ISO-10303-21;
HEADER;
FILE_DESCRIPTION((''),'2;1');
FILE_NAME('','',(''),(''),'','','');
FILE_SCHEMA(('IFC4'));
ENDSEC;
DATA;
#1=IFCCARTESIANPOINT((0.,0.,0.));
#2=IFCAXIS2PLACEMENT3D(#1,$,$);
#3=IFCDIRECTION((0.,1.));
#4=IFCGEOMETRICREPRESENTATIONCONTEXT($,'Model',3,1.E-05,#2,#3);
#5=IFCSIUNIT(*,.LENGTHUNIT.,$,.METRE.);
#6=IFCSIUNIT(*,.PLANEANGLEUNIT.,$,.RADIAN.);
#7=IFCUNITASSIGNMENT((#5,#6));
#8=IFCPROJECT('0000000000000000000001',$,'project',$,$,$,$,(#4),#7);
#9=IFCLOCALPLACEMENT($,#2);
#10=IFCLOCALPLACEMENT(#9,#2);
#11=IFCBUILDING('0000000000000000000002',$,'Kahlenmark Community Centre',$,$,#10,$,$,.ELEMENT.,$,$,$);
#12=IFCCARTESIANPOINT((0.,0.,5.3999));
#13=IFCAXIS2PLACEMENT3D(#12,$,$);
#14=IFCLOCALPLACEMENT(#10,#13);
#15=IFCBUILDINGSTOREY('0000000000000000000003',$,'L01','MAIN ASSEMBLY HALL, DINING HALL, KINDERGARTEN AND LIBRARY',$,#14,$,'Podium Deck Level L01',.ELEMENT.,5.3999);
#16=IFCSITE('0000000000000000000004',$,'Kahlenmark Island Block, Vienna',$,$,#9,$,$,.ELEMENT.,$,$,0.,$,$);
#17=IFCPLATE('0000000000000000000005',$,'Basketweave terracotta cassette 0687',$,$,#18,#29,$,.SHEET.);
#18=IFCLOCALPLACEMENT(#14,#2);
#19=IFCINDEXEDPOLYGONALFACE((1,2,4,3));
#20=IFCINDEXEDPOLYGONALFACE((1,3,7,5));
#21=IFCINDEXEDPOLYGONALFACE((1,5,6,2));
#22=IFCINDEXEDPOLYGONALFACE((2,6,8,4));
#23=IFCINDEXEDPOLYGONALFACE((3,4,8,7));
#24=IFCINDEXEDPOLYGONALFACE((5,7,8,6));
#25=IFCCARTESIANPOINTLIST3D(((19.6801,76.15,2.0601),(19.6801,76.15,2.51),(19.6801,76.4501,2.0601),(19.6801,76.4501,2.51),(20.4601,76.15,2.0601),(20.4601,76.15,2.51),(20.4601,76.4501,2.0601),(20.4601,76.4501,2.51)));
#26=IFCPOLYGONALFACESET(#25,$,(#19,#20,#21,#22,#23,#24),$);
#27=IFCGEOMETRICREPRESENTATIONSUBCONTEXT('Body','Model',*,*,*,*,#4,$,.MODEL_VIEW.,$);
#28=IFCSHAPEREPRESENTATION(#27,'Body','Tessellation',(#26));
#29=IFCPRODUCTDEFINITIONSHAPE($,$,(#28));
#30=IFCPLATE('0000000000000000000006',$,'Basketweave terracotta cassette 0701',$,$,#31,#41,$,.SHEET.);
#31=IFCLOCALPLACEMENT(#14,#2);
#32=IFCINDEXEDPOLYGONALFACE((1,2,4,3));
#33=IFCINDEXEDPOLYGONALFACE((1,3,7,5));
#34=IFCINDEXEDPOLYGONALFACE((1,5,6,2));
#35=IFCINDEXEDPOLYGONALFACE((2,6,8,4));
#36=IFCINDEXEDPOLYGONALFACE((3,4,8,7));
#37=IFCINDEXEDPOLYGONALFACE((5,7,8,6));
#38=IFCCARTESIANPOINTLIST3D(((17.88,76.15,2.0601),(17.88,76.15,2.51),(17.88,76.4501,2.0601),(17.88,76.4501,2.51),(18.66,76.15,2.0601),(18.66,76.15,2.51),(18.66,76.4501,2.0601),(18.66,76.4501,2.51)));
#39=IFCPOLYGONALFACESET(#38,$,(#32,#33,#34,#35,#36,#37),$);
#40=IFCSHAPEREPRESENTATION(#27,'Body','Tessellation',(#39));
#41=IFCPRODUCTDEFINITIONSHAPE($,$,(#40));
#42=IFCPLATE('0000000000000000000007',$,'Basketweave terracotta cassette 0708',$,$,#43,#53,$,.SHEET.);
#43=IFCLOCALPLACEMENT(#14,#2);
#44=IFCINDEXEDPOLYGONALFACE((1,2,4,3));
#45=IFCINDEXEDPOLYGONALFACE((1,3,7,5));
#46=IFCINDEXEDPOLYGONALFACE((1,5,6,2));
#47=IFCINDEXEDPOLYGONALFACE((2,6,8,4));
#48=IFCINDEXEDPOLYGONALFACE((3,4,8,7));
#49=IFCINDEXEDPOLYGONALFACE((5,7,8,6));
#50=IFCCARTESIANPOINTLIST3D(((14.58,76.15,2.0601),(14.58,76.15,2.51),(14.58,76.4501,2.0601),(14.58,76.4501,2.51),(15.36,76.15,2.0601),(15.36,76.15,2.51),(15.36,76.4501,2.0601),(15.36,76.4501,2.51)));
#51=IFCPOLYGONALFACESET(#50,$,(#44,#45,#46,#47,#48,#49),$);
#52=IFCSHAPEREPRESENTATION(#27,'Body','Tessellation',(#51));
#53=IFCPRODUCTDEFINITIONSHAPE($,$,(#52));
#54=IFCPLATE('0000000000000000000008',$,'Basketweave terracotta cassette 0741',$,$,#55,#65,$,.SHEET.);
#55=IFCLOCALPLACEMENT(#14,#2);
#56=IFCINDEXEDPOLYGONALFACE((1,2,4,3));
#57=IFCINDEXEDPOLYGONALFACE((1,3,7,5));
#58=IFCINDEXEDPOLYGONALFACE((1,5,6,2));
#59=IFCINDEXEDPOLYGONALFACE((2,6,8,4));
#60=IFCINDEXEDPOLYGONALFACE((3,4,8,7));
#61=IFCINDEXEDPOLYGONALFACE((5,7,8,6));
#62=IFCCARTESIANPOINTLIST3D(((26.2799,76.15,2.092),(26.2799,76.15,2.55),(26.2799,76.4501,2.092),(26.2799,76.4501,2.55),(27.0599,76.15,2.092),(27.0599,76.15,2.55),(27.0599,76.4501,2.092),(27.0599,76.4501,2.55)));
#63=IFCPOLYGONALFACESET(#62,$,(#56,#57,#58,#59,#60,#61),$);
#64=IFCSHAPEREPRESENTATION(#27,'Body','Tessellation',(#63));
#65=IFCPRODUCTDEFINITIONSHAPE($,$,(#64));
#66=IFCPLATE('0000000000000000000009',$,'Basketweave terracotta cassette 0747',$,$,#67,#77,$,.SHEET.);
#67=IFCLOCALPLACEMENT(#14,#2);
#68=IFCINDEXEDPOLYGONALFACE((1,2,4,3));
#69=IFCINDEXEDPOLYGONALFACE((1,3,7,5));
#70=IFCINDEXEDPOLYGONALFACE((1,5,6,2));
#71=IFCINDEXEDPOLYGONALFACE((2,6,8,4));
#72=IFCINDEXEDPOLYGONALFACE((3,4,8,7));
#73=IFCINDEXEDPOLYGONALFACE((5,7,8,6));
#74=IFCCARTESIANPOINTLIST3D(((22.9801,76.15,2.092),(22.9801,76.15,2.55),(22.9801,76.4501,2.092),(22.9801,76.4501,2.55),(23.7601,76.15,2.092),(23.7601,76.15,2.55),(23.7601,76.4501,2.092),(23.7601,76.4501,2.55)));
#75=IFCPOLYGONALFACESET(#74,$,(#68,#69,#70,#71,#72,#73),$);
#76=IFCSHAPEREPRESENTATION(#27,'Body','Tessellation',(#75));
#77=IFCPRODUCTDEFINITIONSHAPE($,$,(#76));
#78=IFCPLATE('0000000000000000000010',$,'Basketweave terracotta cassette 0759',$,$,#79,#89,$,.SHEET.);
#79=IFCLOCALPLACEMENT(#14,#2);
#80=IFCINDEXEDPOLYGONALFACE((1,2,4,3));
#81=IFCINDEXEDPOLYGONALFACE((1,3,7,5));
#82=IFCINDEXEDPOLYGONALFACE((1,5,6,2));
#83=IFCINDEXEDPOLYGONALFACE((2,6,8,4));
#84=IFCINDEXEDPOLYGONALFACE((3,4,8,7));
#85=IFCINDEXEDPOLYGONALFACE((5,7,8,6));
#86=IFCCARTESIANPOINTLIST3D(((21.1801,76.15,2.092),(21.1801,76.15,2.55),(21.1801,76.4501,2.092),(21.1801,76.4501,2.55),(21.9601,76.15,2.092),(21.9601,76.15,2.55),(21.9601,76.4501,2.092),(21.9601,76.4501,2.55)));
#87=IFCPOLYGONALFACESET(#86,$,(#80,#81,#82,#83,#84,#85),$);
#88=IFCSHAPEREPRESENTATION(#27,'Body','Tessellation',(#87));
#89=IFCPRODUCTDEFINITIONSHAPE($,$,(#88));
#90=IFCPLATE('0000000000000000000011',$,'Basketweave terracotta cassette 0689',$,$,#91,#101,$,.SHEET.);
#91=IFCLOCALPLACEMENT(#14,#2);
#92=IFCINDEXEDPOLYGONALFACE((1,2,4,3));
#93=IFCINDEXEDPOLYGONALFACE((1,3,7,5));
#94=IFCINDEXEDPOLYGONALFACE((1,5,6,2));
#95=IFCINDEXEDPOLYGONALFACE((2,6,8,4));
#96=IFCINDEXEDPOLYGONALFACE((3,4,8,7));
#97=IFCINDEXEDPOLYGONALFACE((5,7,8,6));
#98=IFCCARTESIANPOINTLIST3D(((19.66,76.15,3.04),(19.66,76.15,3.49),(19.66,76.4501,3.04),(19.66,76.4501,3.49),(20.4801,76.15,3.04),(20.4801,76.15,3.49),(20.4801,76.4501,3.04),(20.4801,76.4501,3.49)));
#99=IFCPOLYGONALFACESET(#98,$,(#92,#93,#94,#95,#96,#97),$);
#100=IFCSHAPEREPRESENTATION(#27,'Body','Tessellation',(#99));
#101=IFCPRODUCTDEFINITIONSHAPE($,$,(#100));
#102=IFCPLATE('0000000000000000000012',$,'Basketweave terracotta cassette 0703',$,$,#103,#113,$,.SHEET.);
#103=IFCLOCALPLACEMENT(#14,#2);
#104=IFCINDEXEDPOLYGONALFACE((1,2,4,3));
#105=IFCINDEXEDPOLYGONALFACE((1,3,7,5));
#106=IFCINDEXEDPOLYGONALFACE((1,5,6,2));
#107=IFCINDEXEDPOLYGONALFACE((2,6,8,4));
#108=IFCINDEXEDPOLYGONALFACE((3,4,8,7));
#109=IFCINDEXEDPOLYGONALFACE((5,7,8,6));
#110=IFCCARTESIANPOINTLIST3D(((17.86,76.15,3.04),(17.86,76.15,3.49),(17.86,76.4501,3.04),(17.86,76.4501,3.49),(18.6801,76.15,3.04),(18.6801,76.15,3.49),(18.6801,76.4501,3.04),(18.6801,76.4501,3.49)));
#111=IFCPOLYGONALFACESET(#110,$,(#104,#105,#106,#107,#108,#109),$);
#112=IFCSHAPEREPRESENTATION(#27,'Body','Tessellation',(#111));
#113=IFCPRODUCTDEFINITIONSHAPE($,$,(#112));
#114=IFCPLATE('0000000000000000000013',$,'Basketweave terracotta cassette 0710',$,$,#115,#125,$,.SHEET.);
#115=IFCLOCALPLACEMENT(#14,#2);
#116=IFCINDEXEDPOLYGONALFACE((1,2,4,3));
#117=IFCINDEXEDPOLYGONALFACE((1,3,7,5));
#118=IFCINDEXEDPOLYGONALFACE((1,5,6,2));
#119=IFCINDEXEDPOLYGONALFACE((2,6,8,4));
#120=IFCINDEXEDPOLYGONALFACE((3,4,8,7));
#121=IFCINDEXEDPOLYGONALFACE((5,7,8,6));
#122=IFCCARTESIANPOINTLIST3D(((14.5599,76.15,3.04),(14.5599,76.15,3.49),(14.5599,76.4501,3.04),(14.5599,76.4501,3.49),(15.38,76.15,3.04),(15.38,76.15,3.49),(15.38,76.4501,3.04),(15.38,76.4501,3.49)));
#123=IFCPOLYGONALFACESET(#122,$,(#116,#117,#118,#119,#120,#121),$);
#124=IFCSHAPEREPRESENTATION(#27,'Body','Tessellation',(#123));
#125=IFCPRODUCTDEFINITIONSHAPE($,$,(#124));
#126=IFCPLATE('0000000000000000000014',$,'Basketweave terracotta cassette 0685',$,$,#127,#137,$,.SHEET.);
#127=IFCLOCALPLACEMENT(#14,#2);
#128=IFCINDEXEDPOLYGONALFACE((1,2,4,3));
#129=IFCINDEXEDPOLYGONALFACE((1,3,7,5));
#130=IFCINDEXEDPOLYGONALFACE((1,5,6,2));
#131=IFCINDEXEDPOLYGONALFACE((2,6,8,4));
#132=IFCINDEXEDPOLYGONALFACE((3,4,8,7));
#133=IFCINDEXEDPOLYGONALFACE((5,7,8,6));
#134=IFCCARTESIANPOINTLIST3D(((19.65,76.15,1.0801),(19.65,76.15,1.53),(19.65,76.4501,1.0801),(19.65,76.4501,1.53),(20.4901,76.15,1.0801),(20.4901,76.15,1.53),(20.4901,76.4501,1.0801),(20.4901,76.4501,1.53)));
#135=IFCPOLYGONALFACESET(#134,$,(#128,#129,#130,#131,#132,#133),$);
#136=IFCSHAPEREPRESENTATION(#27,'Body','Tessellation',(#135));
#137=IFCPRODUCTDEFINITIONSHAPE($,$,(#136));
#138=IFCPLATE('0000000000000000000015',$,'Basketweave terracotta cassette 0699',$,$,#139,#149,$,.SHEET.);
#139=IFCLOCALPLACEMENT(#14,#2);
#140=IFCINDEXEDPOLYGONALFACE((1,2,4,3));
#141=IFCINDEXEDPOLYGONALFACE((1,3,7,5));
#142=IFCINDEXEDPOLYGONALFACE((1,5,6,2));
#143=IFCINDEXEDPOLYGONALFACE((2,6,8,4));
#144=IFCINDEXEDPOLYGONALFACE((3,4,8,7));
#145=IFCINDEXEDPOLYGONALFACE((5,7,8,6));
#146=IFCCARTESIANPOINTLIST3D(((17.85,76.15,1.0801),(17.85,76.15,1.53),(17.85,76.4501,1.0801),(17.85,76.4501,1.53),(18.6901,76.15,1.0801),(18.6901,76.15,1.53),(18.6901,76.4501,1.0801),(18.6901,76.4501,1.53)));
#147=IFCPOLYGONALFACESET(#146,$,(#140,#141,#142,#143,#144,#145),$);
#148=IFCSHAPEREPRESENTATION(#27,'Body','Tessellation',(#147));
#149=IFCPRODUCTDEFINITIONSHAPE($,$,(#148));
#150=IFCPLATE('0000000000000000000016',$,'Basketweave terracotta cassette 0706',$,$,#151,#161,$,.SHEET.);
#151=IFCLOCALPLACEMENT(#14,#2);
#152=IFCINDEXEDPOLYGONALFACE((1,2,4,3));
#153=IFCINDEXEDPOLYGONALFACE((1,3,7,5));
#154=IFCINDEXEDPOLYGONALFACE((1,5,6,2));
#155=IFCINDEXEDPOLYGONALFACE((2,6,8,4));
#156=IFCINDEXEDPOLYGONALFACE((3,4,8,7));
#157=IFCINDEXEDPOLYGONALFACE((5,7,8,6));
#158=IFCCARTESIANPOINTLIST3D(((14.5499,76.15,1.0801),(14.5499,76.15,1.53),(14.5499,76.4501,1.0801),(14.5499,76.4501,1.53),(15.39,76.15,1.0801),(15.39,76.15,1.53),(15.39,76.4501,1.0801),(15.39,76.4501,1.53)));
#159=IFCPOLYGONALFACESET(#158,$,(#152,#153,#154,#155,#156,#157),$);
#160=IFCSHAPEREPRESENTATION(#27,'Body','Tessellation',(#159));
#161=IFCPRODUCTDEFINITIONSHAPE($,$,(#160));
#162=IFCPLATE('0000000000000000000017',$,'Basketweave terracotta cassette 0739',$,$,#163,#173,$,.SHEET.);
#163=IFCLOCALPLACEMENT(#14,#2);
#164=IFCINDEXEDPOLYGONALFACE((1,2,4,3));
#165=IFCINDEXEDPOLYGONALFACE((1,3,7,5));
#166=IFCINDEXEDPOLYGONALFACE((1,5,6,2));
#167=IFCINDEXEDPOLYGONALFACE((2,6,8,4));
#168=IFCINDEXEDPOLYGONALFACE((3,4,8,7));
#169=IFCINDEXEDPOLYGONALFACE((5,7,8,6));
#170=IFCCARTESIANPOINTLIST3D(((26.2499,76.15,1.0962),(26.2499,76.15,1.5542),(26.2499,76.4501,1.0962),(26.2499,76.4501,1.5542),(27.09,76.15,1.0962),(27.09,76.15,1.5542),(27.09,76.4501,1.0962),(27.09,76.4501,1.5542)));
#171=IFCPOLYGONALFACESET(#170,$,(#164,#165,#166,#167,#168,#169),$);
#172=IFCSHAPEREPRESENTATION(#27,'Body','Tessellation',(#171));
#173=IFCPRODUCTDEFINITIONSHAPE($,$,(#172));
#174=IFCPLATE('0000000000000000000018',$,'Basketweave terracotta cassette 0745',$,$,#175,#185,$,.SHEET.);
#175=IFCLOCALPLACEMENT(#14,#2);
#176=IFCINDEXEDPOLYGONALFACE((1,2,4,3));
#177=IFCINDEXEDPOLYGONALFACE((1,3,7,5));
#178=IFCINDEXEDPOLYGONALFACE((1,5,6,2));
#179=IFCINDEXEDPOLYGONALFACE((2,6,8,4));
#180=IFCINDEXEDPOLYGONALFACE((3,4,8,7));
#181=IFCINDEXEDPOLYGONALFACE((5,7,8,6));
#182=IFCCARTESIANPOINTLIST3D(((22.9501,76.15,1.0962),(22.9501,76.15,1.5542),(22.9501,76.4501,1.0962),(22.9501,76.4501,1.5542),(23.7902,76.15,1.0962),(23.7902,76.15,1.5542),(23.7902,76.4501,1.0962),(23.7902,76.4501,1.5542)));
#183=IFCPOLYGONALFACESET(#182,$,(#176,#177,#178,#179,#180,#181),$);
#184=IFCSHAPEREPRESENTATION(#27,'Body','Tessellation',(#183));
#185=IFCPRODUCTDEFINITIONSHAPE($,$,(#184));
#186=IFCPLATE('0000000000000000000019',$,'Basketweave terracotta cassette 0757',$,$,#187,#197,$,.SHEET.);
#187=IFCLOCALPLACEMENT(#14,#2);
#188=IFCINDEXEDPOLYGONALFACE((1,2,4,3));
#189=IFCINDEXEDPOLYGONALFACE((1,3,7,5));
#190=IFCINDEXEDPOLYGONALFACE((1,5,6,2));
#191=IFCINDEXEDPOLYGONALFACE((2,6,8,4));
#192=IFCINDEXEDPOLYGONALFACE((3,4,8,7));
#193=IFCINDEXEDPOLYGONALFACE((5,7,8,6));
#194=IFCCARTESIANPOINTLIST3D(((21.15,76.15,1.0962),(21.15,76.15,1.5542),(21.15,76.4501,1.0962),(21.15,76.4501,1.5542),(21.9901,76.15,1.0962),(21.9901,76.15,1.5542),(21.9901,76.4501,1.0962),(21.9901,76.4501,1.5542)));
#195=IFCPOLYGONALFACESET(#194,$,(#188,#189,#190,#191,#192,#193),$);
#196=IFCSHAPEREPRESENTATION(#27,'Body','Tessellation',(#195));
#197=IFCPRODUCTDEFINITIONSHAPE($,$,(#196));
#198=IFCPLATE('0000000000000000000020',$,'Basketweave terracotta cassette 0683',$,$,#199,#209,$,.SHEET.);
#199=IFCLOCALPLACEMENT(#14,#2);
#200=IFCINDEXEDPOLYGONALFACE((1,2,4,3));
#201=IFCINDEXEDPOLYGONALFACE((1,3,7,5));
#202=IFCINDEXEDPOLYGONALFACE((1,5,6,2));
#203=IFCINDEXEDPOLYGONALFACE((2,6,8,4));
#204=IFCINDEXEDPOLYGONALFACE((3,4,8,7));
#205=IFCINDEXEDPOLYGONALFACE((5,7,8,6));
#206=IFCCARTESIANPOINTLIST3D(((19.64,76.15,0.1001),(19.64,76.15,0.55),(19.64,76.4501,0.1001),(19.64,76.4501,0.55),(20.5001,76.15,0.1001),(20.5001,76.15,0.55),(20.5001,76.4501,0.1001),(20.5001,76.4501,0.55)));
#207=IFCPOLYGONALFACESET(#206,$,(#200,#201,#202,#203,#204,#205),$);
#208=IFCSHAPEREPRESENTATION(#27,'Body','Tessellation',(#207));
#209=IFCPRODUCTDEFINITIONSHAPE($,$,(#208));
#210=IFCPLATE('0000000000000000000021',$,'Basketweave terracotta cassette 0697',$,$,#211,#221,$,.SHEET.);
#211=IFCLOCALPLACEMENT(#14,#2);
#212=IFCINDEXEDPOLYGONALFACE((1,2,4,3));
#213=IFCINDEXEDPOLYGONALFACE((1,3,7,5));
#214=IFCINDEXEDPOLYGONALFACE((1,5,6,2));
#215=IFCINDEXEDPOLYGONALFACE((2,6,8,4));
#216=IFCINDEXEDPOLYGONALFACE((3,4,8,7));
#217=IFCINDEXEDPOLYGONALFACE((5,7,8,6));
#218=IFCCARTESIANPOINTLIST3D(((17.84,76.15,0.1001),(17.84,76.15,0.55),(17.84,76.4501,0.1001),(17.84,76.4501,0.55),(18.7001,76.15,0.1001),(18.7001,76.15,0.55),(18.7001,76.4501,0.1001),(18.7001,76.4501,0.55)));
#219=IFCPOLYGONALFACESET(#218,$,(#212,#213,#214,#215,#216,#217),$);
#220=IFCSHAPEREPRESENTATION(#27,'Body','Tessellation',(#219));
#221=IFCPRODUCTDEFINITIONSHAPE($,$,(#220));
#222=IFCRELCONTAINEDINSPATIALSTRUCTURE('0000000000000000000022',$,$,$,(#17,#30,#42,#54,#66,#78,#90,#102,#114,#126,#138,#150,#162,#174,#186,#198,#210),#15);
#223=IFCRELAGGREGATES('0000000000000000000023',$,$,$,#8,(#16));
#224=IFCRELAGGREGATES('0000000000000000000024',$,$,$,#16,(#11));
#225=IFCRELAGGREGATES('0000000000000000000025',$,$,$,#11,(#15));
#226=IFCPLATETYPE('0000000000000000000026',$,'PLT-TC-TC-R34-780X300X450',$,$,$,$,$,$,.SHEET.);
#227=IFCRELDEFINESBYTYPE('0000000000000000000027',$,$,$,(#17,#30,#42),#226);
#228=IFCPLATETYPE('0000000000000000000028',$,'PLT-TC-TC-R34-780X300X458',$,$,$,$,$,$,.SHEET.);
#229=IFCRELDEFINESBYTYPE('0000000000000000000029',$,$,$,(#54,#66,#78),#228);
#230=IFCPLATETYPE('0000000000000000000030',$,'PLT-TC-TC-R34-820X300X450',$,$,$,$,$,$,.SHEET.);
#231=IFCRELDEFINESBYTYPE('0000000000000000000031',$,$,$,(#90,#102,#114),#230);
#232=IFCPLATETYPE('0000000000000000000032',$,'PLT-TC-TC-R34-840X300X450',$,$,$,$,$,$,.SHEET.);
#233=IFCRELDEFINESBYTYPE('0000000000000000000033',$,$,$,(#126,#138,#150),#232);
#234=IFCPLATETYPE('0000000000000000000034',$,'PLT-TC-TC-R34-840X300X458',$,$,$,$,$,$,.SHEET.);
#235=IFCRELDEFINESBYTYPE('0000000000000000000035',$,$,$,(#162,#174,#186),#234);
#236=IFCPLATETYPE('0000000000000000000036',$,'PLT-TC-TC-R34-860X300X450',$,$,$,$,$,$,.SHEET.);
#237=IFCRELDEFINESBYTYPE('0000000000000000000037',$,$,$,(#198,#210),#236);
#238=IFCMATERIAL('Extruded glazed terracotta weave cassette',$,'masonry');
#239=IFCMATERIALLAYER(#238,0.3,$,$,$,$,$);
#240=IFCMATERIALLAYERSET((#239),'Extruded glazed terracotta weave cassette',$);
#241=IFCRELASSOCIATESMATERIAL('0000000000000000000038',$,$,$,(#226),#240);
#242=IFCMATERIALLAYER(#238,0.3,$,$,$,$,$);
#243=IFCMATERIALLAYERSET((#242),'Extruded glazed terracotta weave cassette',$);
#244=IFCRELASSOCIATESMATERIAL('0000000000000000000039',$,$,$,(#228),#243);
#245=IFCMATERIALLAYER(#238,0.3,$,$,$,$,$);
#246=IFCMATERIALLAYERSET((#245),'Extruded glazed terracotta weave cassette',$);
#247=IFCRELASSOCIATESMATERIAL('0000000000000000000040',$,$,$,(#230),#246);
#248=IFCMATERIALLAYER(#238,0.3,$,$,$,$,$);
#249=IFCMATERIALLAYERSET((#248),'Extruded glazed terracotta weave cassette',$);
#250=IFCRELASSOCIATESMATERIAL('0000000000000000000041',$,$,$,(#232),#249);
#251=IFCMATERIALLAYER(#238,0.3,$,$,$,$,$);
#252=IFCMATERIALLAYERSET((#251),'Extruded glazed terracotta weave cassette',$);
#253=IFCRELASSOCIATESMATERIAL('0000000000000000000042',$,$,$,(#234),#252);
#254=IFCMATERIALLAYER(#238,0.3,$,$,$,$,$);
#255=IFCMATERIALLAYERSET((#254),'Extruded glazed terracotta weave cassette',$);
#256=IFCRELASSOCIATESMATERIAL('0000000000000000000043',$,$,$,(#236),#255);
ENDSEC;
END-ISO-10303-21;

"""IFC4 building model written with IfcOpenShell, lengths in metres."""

from ifc_helpers import new_model, si_unit, direction, frame, origin, origin_2d, place, context, subcontext, project, spatial, rectangle, extrude, material, layer, layer_set, type_object, element, save


model = new_model("IFC4")

# Units and contexts
model_context = context("Model", 3, precision=1e-05, world=origin(), true_north=direction((0.0, 1.0)))
body_context = subcontext(model_context, "Body", "Model", "MODEL_VIEW")
ifc_project = project(units=[si_unit("LENGTHUNIT", "METRE"), si_unit("PLANEANGLEUNIT", "RADIAN")], contexts=[model_context])

# Site, building, storey
site_placement = place(None, origin())
site = spatial("IfcSite", under=ifc_project, at=site_placement, Name="Kahlenmark Island Block, Vienna", CompositionType="ELEMENT", RefElevation=0.0)
building_placement = place(site_placement, origin())
building = spatial("IfcBuilding", under=site, at=building_placement, Name="Kahlenmark Community Centre", CompositionType="ELEMENT")
storey_placement = place(building_placement, frame((0.0, 0.0, 5.3999)))
storey = spatial("IfcBuildingStorey", under=building, at=storey_placement, Name="L01", Description="MAIN ASSEMBLY HALL, DINING HALL, KINDERGARTEN AND LIBRARY", LongName="Podium Deck Level L01", CompositionType="ELEMENT", Elevation=5.3999)

# Plates
ifc_material_1 = material(Name="Extruded glazed terracotta weave cassette", Category="masonry")
ifc_layer_1 = layer(ifc_material_1, 0.3)
ifc_layer_set_1 = layer_set([ifc_layer_1], Name="Extruded glazed terracotta weave cassette")
plate_type_1 = type_object("IfcPlateType", Name="PLT-TC-TC-R34-780X300X450", PredefinedType="SHEET", material=ifc_layer_set_1)
for number, where, z_axis, x_axis, name in (
    (1, (20.0701, 76.3, 2.0601), (0.0, 0.0, 1.0), (-1.0, 0.0, 0.0), "Basketweave terracotta cassette 0687"),
    (2, (18.27, 76.3, 2.0601), (0.0, 0.0, 1.0), (-1.0, 0.0, 0.0), "Basketweave terracotta cassette 0701"),
    (3, (14.97, 76.3, 2.0601), (0.0, 0.0, 1.0), (-1.0, 0.0, 0.0), "Basketweave terracotta cassette 0708"),
):
    element("IfcPlate", number, at=place(storey_placement, frame(where, z_axis=z_axis, x_axis=x_axis)), inside=storey, type_object=plate_type_1, Name=name, PredefinedType="SHEET", context=body_context, shape_type="SweptSolid", body=[
        extrude(rectangle(XDim=0.78, YDim=0.3, at=origin_2d()), origin(), (0.0, 0.0, 1.0), 0.45),
    ])
ifc_layer_2 = layer(ifc_material_1, 0.3)
ifc_layer_set_2 = layer_set([ifc_layer_2], Name="Extruded glazed terracotta weave cassette")
plate_type_2 = type_object("IfcPlateType", Name="PLT-TC-TC-R34-780X300X458", PredefinedType="SHEET", material=ifc_layer_set_2)
for number, where, z_axis, x_axis, name in (
    (4, (26.6699, 76.3, 2.092), (0.0, 0.0, 1.0), (-1.0, 0.0, 0.0), "Basketweave terracotta cassette 0741"),
    (5, (23.3701, 76.3, 2.092), (0.0, 0.0, 1.0), (-1.0, 0.0, 0.0), "Basketweave terracotta cassette 0747"),
    (6, (21.5701, 76.3, 2.092), (0.0, 0.0, 1.0), (-1.0, 0.0, 0.0), "Basketweave terracotta cassette 0759"),
):
    element("IfcPlate", number, at=place(storey_placement, frame(where, z_axis=z_axis, x_axis=x_axis)), inside=storey, type_object=plate_type_2, Name=name, PredefinedType="SHEET", context=body_context, shape_type="SweptSolid", body=[
        extrude(rectangle(XDim=0.78, YDim=0.3, at=origin_2d()), origin(), (0.0, 0.0, 1.0), 0.458),
    ])
ifc_layer_3 = layer(ifc_material_1, 0.3)
ifc_layer_set_3 = layer_set([ifc_layer_3], Name="Extruded glazed terracotta weave cassette")
plate_type_3 = type_object("IfcPlateType", Name="PLT-TC-TC-R34-820X300X450", PredefinedType="SHEET", material=ifc_layer_set_3)
for number, where, z_axis, x_axis, name in (
    (7, (20.0701, 76.3, 3.04), (0.0, 0.0, 1.0), (-1.0, 0.0, 0.0), "Basketweave terracotta cassette 0689"),
    (8, (18.27, 76.3, 3.04), (0.0, 0.0, 1.0), (-1.0, 0.0, 0.0), "Basketweave terracotta cassette 0703"),
    (9, (14.97, 76.3, 3.04), (0.0, 0.0, 1.0), (-1.0, 0.0, 0.0), "Basketweave terracotta cassette 0710"),
):
    element("IfcPlate", number, at=place(storey_placement, frame(where, z_axis=z_axis, x_axis=x_axis)), inside=storey, type_object=plate_type_3, Name=name, PredefinedType="SHEET", context=body_context, shape_type="SweptSolid", body=[
        extrude(rectangle(XDim=0.8201, YDim=0.3, at=origin_2d()), origin(), (0.0, 0.0, 1.0), 0.45),
    ])
ifc_layer_4 = layer(ifc_material_1, 0.3)
ifc_layer_set_4 = layer_set([ifc_layer_4], Name="Extruded glazed terracotta weave cassette")
plate_type_4 = type_object("IfcPlateType", Name="PLT-TC-TC-R34-840X300X450", PredefinedType="SHEET", material=ifc_layer_set_4)
for number, where, z_axis, x_axis, name in (
    (10, (20.0701, 76.3, 1.0801), (0.0, 0.0, 1.0), (-1.0, 0.0, 0.0), "Basketweave terracotta cassette 0685"),
    (11, (18.27, 76.3, 1.0801), (0.0, 0.0, 1.0), (-1.0, 0.0, 0.0), "Basketweave terracotta cassette 0699"),
    (12, (14.97, 76.3, 1.0801), (0.0, 0.0, 1.0), (-1.0, 0.0, 0.0), "Basketweave terracotta cassette 0706"),
):
    element("IfcPlate", number, at=place(storey_placement, frame(where, z_axis=z_axis, x_axis=x_axis)), inside=storey, type_object=plate_type_4, Name=name, PredefinedType="SHEET", context=body_context, shape_type="SweptSolid", body=[
        extrude(rectangle(XDim=0.8401, YDim=0.3, at=origin_2d()), origin(), (0.0, 0.0, 1.0), 0.45),
    ])
ifc_layer_5 = layer(ifc_material_1, 0.3)
ifc_layer_set_5 = layer_set([ifc_layer_5], Name="Extruded glazed terracotta weave cassette")
plate_type_5 = type_object("IfcPlateType", Name="PLT-TC-TC-R34-840X300X458", PredefinedType="SHEET", material=ifc_layer_set_5)
for number, where, z_axis, x_axis, name in (
    (13, (26.6699, 76.3, 1.0962), (0.0, 0.0, 1.0), (-1.0, 0.0, 0.0), "Basketweave terracotta cassette 0739"),
    (14, (23.3701, 76.3, 1.0962), (0.0, 0.0, 1.0), (-1.0, 0.0, 0.0), "Basketweave terracotta cassette 0745"),
    (15, (21.5701, 76.3, 1.0962), (0.0, 0.0, 1.0), (-1.0, 0.0, 0.0), "Basketweave terracotta cassette 0757"),
):
    element("IfcPlate", number, at=place(storey_placement, frame(where, z_axis=z_axis, x_axis=x_axis)), inside=storey, type_object=plate_type_5, Name=name, PredefinedType="SHEET", context=body_context, shape_type="SweptSolid", body=[
        extrude(rectangle(XDim=0.8401, YDim=0.3, at=origin_2d()), origin(), (0.0, 0.0, 1.0), 0.458),
    ])
ifc_layer_6 = layer(ifc_material_1, 0.3)
ifc_layer_set_6 = layer_set([ifc_layer_6], Name="Extruded glazed terracotta weave cassette")
plate_type_6 = type_object("IfcPlateType", Name="PLT-TC-TC-R34-860X300X450", PredefinedType="SHEET", material=ifc_layer_set_6)
for number, where, z_axis, x_axis, name in (
    (16, (20.0701, 76.3, 0.1001), (0.0, 0.0, 1.0), (-1.0, 0.0, 0.0), "Basketweave terracotta cassette 0683"),
    (17, (18.27, 76.3, 0.1001), (0.0, 0.0, 1.0), (-1.0, 0.0, 0.0), "Basketweave terracotta cassette 0697"),
):
    element("IfcPlate", number, at=place(storey_placement, frame(where, z_axis=z_axis, x_axis=x_axis)), inside=storey, type_object=plate_type_6, Name=name, PredefinedType="SHEET", context=body_context, shape_type="SweptSolid", body=[
        extrude(rectangle(XDim=0.8601, YDim=0.3, at=origin_2d()), origin(), (0.0, 0.0, 1.0), 0.45),
    ])

save(model, "model.ifc")
